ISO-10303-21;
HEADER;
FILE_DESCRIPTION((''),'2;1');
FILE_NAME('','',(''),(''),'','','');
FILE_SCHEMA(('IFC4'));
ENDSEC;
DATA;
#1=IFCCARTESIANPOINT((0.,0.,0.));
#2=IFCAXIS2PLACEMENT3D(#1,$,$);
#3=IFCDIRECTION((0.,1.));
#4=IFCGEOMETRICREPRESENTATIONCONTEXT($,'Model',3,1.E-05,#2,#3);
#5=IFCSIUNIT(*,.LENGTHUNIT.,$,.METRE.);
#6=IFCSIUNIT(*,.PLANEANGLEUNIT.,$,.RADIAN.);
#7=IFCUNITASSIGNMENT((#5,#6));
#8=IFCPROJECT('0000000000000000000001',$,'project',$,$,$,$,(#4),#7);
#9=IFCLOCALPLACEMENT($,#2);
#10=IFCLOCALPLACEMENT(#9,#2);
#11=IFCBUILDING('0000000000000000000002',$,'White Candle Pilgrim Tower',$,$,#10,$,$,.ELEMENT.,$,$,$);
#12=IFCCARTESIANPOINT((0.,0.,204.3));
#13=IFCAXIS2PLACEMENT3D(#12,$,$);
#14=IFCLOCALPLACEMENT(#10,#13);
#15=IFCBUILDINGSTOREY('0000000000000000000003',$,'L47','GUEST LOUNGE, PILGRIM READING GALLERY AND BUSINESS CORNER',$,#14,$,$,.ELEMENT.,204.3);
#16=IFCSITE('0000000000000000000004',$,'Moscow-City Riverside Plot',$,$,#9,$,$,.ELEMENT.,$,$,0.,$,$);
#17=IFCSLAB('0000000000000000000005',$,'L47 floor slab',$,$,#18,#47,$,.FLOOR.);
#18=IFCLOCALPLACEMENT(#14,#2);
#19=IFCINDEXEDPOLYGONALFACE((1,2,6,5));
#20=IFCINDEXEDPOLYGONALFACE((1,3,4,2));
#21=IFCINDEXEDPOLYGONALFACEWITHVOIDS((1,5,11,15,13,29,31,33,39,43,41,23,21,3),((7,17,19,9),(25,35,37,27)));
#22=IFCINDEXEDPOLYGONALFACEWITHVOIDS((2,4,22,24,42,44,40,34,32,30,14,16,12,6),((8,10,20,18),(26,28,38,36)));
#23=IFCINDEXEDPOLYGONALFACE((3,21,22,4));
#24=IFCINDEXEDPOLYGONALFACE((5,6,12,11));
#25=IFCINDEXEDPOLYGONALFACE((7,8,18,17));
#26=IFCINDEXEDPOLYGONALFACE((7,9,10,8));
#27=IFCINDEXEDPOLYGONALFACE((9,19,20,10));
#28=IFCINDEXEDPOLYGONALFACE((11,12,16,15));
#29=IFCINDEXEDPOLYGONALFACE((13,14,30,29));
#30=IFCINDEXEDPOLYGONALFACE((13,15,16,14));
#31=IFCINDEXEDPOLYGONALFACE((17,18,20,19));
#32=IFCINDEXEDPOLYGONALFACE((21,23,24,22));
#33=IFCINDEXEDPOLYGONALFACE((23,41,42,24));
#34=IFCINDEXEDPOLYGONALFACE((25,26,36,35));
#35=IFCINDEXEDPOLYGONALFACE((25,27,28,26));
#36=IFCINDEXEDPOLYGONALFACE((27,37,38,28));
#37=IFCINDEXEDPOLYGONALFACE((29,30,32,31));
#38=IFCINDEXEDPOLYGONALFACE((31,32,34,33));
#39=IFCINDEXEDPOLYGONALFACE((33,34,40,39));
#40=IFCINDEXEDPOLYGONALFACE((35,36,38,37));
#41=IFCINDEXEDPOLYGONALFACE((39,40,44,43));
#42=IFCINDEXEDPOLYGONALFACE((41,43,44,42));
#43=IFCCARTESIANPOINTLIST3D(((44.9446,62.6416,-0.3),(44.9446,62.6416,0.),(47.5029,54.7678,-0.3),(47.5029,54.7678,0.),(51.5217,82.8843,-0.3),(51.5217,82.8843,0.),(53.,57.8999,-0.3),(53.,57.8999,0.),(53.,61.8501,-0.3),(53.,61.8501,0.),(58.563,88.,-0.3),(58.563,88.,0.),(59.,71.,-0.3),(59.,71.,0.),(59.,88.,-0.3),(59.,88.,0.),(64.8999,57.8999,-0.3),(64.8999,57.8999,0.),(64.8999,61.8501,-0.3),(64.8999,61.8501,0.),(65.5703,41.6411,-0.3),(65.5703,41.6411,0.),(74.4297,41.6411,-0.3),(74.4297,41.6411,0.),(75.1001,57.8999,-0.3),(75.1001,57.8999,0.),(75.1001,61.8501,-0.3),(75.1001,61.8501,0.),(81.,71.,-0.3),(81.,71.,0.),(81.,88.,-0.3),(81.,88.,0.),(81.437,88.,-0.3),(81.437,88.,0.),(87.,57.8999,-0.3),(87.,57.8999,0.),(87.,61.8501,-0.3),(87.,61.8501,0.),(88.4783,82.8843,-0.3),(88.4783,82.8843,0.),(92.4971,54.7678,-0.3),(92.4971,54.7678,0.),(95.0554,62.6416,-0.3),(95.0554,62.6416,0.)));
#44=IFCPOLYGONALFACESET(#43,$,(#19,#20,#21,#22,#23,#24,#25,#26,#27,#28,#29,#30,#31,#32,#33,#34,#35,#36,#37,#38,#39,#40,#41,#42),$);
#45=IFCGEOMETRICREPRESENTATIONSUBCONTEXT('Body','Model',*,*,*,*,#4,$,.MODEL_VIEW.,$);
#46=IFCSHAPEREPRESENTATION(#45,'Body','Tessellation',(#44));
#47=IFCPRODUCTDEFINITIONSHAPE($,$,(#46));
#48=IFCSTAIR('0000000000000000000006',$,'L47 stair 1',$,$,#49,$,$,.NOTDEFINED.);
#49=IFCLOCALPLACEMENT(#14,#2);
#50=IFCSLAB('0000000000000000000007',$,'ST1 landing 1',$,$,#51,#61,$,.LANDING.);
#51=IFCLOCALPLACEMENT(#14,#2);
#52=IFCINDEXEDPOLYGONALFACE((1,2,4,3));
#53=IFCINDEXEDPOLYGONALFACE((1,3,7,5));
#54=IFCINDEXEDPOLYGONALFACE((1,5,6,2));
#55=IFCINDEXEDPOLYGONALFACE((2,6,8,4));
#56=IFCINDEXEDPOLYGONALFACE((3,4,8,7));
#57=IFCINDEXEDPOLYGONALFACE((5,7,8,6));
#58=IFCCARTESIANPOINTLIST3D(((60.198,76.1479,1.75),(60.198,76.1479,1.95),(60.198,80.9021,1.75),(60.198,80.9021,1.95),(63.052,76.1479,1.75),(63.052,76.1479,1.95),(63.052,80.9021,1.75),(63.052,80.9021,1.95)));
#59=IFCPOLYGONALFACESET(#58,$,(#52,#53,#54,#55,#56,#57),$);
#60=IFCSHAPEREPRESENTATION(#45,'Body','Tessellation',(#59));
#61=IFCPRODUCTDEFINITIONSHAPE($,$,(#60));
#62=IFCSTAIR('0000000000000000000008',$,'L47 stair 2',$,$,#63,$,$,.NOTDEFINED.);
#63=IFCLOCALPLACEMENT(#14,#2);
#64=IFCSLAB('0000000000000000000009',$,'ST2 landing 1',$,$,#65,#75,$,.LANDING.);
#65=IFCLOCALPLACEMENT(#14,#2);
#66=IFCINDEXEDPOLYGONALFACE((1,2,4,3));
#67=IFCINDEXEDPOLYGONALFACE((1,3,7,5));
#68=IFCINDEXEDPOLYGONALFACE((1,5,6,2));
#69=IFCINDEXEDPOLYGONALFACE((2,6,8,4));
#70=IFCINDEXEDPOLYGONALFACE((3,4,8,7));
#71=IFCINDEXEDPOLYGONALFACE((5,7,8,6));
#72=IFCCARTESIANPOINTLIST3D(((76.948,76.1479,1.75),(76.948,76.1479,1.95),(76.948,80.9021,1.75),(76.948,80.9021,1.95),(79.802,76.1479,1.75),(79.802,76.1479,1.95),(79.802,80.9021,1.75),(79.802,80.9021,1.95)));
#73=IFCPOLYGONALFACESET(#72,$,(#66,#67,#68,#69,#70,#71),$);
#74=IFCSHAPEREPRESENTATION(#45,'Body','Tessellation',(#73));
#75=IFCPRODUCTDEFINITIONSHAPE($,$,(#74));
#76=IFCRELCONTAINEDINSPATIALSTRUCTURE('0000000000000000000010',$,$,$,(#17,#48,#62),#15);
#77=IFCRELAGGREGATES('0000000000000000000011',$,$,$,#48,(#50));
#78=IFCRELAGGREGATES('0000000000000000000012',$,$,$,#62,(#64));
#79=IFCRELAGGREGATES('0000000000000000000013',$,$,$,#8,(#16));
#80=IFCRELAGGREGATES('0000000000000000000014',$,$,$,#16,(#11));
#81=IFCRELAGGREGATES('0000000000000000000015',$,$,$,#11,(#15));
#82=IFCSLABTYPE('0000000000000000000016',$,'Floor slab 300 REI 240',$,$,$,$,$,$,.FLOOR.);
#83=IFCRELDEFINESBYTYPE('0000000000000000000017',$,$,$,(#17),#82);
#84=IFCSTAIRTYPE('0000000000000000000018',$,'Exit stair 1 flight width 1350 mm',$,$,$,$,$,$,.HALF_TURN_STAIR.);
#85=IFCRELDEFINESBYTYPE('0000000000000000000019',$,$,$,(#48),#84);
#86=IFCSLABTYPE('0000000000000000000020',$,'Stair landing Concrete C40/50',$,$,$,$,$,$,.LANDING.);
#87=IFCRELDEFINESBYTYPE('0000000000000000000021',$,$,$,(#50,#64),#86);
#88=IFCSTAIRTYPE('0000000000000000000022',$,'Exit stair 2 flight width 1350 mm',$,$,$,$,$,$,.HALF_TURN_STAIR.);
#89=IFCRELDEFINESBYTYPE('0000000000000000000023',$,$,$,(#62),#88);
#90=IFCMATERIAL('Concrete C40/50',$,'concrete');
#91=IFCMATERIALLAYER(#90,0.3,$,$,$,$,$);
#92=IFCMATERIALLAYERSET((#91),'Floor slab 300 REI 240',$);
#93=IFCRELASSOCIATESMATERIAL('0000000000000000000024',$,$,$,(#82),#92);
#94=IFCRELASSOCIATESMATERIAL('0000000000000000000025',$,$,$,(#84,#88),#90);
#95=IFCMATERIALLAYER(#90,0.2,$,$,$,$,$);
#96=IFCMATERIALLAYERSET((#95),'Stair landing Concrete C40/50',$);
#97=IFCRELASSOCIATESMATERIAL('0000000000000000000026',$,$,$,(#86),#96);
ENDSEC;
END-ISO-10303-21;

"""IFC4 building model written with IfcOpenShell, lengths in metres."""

from ifc_helpers import new_model, si_unit, direction, frame, origin, place, context, subcontext, project, spatial, polyline, outline, extrude, material, layer, layer_set, type_object, element, aggregate, save


model = new_model("IFC4")

# Units and contexts
model_context = context("Model", 3, precision=1e-05, world=origin(), true_north=direction((0.0, 1.0)))
body_context = subcontext(model_context, "Body", "Model", "MODEL_VIEW")
ifc_project = project(units=[si_unit("LENGTHUNIT", "METRE"), si_unit("PLANEANGLEUNIT", "RADIAN")], contexts=[model_context])

# Site, building, storey
site_placement = place(None, origin())
site = spatial("IfcSite", under=ifc_project, at=site_placement, Name="Moscow-City Riverside Plot", CompositionType="ELEMENT", RefElevation=0.0)
building_placement = place(site_placement, origin())
building = spatial("IfcBuilding", under=site, at=building_placement, Name="White Candle Pilgrim Tower", CompositionType="ELEMENT")
storey_placement = place(building_placement, frame((0.0, 0.0, 204.3)))
storey = spatial("IfcBuildingStorey", under=building, at=storey_placement, Name="L47", Description="GUEST LOUNGE, PILGRIM READING GALLERY AND BUSINESS CORNER", CompositionType="ELEMENT", Elevation=204.3)

# Slab
ifc_material = material(Name="Concrete C40/50", Category="concrete")
ifc_layer_1 = layer(ifc_material, 0.3)
ifc_layer_set_1 = layer_set([ifc_layer_1], Name="Floor slab 300 REI 240")
slab_type_1 = type_object("IfcSlabType", Name="Floor slab 300 REI 240", PredefinedType="FLOOR", material=ifc_layer_set_1)
slab_1_placement = place(storey_placement, frame((0.0, 0.0, -0.3)))
element("IfcSlab", 1, at=slab_1_placement, inside=storey, type_object=slab_type_1, Name="L47 floor slab", PredefinedType="FLOOR", context=body_context, shape_type="SweptSolid", body=[
    extrude(outline(polyline([(65.5703, 41.6411), (74.4297, 41.6411), (92.4971, 54.7678), (95.0554, 62.6416), (88.4783, 82.8843), (81.437, 88.0), (81.0, 88.0), (81.0, 71.0), (59.0, 71.0), (59.0, 88.0), (58.563, 88.0), (51.5217, 82.8843), (44.9446, 62.6416), (47.5029, 54.7678), (65.5703, 41.6411)]), holes=[polyline([(53.0, 57.8999), (53.0, 61.8501), (64.8999, 61.8501), (64.8999, 57.8999), (53.0, 57.8999)]), polyline([(75.1001, 57.8999), (75.1001, 61.8501), (87.0, 61.8501), (87.0, 57.8999), (75.1001, 57.8999)])]), origin(), (0.0, 0.0, 1.0), 0.3),
])

# Stairs, slabs
stair_type_1 = type_object("IfcStairType", Name="Exit stair 1 flight width 1350 mm", PredefinedType="HALF_TURN_STAIR", material=ifc_material)
stair_1_placement = place(storey_placement, origin())
stair_1 = element("IfcStair", 2, at=stair_1_placement, inside=storey, type_object=stair_type_1, Name="L47 stair 1", PredefinedType="NOTDEFINED")
ifc_layer_2 = layer(ifc_material, 0.2)
ifc_layer_set_2 = layer_set([ifc_layer_2], Name="Stair landing Concrete C40/50")
slab_type_2 = type_object("IfcSlabType", Name="Stair landing Concrete C40/50", PredefinedType="LANDING", material=ifc_layer_set_2)
slab_2_placement = place(storey_placement, frame((0.0, 0.0, 1.75)))
slab_2 = element("IfcSlab", 3, at=slab_2_placement, type_object=slab_type_2, Name="ST1 landing 1", PredefinedType="LANDING", context=body_context, shape_type="SweptSolid", body=[
    extrude(outline(polyline([(63.052, 76.1479), (60.198, 76.1479), (60.198, 80.9021), (63.052, 80.9021), (63.052, 76.1479)])), origin(), (0.0, 0.0, 1.0), 0.2),
])
aggregate(stair_1, [slab_2])
stair_type_2 = type_object("IfcStairType", Name="Exit stair 2 flight width 1350 mm", PredefinedType="HALF_TURN_STAIR", material=ifc_material)
stair_2_placement = place(storey_placement, origin())
stair_2 = element("IfcStair", 4, at=stair_2_placement, inside=storey, type_object=stair_type_2, Name="L47 stair 2", PredefinedType="NOTDEFINED")
slab_3_placement = place(storey_placement, frame((0.0, 0.0, 1.75)))
slab_3 = element("IfcSlab", 5, at=slab_3_placement, type_object=slab_type_2, Name="ST2 landing 1", PredefinedType="LANDING", context=body_context, shape_type="SweptSolid", body=[
    extrude(outline(polyline([(79.802, 76.1479), (76.948, 76.1479), (76.948, 80.9021), (79.802, 80.9021), (79.802, 76.1479)])), origin(), (0.0, 0.0, 1.0), 0.2),
])
aggregate(stair_2, [slab_3])

save(model, "model.ifc")
